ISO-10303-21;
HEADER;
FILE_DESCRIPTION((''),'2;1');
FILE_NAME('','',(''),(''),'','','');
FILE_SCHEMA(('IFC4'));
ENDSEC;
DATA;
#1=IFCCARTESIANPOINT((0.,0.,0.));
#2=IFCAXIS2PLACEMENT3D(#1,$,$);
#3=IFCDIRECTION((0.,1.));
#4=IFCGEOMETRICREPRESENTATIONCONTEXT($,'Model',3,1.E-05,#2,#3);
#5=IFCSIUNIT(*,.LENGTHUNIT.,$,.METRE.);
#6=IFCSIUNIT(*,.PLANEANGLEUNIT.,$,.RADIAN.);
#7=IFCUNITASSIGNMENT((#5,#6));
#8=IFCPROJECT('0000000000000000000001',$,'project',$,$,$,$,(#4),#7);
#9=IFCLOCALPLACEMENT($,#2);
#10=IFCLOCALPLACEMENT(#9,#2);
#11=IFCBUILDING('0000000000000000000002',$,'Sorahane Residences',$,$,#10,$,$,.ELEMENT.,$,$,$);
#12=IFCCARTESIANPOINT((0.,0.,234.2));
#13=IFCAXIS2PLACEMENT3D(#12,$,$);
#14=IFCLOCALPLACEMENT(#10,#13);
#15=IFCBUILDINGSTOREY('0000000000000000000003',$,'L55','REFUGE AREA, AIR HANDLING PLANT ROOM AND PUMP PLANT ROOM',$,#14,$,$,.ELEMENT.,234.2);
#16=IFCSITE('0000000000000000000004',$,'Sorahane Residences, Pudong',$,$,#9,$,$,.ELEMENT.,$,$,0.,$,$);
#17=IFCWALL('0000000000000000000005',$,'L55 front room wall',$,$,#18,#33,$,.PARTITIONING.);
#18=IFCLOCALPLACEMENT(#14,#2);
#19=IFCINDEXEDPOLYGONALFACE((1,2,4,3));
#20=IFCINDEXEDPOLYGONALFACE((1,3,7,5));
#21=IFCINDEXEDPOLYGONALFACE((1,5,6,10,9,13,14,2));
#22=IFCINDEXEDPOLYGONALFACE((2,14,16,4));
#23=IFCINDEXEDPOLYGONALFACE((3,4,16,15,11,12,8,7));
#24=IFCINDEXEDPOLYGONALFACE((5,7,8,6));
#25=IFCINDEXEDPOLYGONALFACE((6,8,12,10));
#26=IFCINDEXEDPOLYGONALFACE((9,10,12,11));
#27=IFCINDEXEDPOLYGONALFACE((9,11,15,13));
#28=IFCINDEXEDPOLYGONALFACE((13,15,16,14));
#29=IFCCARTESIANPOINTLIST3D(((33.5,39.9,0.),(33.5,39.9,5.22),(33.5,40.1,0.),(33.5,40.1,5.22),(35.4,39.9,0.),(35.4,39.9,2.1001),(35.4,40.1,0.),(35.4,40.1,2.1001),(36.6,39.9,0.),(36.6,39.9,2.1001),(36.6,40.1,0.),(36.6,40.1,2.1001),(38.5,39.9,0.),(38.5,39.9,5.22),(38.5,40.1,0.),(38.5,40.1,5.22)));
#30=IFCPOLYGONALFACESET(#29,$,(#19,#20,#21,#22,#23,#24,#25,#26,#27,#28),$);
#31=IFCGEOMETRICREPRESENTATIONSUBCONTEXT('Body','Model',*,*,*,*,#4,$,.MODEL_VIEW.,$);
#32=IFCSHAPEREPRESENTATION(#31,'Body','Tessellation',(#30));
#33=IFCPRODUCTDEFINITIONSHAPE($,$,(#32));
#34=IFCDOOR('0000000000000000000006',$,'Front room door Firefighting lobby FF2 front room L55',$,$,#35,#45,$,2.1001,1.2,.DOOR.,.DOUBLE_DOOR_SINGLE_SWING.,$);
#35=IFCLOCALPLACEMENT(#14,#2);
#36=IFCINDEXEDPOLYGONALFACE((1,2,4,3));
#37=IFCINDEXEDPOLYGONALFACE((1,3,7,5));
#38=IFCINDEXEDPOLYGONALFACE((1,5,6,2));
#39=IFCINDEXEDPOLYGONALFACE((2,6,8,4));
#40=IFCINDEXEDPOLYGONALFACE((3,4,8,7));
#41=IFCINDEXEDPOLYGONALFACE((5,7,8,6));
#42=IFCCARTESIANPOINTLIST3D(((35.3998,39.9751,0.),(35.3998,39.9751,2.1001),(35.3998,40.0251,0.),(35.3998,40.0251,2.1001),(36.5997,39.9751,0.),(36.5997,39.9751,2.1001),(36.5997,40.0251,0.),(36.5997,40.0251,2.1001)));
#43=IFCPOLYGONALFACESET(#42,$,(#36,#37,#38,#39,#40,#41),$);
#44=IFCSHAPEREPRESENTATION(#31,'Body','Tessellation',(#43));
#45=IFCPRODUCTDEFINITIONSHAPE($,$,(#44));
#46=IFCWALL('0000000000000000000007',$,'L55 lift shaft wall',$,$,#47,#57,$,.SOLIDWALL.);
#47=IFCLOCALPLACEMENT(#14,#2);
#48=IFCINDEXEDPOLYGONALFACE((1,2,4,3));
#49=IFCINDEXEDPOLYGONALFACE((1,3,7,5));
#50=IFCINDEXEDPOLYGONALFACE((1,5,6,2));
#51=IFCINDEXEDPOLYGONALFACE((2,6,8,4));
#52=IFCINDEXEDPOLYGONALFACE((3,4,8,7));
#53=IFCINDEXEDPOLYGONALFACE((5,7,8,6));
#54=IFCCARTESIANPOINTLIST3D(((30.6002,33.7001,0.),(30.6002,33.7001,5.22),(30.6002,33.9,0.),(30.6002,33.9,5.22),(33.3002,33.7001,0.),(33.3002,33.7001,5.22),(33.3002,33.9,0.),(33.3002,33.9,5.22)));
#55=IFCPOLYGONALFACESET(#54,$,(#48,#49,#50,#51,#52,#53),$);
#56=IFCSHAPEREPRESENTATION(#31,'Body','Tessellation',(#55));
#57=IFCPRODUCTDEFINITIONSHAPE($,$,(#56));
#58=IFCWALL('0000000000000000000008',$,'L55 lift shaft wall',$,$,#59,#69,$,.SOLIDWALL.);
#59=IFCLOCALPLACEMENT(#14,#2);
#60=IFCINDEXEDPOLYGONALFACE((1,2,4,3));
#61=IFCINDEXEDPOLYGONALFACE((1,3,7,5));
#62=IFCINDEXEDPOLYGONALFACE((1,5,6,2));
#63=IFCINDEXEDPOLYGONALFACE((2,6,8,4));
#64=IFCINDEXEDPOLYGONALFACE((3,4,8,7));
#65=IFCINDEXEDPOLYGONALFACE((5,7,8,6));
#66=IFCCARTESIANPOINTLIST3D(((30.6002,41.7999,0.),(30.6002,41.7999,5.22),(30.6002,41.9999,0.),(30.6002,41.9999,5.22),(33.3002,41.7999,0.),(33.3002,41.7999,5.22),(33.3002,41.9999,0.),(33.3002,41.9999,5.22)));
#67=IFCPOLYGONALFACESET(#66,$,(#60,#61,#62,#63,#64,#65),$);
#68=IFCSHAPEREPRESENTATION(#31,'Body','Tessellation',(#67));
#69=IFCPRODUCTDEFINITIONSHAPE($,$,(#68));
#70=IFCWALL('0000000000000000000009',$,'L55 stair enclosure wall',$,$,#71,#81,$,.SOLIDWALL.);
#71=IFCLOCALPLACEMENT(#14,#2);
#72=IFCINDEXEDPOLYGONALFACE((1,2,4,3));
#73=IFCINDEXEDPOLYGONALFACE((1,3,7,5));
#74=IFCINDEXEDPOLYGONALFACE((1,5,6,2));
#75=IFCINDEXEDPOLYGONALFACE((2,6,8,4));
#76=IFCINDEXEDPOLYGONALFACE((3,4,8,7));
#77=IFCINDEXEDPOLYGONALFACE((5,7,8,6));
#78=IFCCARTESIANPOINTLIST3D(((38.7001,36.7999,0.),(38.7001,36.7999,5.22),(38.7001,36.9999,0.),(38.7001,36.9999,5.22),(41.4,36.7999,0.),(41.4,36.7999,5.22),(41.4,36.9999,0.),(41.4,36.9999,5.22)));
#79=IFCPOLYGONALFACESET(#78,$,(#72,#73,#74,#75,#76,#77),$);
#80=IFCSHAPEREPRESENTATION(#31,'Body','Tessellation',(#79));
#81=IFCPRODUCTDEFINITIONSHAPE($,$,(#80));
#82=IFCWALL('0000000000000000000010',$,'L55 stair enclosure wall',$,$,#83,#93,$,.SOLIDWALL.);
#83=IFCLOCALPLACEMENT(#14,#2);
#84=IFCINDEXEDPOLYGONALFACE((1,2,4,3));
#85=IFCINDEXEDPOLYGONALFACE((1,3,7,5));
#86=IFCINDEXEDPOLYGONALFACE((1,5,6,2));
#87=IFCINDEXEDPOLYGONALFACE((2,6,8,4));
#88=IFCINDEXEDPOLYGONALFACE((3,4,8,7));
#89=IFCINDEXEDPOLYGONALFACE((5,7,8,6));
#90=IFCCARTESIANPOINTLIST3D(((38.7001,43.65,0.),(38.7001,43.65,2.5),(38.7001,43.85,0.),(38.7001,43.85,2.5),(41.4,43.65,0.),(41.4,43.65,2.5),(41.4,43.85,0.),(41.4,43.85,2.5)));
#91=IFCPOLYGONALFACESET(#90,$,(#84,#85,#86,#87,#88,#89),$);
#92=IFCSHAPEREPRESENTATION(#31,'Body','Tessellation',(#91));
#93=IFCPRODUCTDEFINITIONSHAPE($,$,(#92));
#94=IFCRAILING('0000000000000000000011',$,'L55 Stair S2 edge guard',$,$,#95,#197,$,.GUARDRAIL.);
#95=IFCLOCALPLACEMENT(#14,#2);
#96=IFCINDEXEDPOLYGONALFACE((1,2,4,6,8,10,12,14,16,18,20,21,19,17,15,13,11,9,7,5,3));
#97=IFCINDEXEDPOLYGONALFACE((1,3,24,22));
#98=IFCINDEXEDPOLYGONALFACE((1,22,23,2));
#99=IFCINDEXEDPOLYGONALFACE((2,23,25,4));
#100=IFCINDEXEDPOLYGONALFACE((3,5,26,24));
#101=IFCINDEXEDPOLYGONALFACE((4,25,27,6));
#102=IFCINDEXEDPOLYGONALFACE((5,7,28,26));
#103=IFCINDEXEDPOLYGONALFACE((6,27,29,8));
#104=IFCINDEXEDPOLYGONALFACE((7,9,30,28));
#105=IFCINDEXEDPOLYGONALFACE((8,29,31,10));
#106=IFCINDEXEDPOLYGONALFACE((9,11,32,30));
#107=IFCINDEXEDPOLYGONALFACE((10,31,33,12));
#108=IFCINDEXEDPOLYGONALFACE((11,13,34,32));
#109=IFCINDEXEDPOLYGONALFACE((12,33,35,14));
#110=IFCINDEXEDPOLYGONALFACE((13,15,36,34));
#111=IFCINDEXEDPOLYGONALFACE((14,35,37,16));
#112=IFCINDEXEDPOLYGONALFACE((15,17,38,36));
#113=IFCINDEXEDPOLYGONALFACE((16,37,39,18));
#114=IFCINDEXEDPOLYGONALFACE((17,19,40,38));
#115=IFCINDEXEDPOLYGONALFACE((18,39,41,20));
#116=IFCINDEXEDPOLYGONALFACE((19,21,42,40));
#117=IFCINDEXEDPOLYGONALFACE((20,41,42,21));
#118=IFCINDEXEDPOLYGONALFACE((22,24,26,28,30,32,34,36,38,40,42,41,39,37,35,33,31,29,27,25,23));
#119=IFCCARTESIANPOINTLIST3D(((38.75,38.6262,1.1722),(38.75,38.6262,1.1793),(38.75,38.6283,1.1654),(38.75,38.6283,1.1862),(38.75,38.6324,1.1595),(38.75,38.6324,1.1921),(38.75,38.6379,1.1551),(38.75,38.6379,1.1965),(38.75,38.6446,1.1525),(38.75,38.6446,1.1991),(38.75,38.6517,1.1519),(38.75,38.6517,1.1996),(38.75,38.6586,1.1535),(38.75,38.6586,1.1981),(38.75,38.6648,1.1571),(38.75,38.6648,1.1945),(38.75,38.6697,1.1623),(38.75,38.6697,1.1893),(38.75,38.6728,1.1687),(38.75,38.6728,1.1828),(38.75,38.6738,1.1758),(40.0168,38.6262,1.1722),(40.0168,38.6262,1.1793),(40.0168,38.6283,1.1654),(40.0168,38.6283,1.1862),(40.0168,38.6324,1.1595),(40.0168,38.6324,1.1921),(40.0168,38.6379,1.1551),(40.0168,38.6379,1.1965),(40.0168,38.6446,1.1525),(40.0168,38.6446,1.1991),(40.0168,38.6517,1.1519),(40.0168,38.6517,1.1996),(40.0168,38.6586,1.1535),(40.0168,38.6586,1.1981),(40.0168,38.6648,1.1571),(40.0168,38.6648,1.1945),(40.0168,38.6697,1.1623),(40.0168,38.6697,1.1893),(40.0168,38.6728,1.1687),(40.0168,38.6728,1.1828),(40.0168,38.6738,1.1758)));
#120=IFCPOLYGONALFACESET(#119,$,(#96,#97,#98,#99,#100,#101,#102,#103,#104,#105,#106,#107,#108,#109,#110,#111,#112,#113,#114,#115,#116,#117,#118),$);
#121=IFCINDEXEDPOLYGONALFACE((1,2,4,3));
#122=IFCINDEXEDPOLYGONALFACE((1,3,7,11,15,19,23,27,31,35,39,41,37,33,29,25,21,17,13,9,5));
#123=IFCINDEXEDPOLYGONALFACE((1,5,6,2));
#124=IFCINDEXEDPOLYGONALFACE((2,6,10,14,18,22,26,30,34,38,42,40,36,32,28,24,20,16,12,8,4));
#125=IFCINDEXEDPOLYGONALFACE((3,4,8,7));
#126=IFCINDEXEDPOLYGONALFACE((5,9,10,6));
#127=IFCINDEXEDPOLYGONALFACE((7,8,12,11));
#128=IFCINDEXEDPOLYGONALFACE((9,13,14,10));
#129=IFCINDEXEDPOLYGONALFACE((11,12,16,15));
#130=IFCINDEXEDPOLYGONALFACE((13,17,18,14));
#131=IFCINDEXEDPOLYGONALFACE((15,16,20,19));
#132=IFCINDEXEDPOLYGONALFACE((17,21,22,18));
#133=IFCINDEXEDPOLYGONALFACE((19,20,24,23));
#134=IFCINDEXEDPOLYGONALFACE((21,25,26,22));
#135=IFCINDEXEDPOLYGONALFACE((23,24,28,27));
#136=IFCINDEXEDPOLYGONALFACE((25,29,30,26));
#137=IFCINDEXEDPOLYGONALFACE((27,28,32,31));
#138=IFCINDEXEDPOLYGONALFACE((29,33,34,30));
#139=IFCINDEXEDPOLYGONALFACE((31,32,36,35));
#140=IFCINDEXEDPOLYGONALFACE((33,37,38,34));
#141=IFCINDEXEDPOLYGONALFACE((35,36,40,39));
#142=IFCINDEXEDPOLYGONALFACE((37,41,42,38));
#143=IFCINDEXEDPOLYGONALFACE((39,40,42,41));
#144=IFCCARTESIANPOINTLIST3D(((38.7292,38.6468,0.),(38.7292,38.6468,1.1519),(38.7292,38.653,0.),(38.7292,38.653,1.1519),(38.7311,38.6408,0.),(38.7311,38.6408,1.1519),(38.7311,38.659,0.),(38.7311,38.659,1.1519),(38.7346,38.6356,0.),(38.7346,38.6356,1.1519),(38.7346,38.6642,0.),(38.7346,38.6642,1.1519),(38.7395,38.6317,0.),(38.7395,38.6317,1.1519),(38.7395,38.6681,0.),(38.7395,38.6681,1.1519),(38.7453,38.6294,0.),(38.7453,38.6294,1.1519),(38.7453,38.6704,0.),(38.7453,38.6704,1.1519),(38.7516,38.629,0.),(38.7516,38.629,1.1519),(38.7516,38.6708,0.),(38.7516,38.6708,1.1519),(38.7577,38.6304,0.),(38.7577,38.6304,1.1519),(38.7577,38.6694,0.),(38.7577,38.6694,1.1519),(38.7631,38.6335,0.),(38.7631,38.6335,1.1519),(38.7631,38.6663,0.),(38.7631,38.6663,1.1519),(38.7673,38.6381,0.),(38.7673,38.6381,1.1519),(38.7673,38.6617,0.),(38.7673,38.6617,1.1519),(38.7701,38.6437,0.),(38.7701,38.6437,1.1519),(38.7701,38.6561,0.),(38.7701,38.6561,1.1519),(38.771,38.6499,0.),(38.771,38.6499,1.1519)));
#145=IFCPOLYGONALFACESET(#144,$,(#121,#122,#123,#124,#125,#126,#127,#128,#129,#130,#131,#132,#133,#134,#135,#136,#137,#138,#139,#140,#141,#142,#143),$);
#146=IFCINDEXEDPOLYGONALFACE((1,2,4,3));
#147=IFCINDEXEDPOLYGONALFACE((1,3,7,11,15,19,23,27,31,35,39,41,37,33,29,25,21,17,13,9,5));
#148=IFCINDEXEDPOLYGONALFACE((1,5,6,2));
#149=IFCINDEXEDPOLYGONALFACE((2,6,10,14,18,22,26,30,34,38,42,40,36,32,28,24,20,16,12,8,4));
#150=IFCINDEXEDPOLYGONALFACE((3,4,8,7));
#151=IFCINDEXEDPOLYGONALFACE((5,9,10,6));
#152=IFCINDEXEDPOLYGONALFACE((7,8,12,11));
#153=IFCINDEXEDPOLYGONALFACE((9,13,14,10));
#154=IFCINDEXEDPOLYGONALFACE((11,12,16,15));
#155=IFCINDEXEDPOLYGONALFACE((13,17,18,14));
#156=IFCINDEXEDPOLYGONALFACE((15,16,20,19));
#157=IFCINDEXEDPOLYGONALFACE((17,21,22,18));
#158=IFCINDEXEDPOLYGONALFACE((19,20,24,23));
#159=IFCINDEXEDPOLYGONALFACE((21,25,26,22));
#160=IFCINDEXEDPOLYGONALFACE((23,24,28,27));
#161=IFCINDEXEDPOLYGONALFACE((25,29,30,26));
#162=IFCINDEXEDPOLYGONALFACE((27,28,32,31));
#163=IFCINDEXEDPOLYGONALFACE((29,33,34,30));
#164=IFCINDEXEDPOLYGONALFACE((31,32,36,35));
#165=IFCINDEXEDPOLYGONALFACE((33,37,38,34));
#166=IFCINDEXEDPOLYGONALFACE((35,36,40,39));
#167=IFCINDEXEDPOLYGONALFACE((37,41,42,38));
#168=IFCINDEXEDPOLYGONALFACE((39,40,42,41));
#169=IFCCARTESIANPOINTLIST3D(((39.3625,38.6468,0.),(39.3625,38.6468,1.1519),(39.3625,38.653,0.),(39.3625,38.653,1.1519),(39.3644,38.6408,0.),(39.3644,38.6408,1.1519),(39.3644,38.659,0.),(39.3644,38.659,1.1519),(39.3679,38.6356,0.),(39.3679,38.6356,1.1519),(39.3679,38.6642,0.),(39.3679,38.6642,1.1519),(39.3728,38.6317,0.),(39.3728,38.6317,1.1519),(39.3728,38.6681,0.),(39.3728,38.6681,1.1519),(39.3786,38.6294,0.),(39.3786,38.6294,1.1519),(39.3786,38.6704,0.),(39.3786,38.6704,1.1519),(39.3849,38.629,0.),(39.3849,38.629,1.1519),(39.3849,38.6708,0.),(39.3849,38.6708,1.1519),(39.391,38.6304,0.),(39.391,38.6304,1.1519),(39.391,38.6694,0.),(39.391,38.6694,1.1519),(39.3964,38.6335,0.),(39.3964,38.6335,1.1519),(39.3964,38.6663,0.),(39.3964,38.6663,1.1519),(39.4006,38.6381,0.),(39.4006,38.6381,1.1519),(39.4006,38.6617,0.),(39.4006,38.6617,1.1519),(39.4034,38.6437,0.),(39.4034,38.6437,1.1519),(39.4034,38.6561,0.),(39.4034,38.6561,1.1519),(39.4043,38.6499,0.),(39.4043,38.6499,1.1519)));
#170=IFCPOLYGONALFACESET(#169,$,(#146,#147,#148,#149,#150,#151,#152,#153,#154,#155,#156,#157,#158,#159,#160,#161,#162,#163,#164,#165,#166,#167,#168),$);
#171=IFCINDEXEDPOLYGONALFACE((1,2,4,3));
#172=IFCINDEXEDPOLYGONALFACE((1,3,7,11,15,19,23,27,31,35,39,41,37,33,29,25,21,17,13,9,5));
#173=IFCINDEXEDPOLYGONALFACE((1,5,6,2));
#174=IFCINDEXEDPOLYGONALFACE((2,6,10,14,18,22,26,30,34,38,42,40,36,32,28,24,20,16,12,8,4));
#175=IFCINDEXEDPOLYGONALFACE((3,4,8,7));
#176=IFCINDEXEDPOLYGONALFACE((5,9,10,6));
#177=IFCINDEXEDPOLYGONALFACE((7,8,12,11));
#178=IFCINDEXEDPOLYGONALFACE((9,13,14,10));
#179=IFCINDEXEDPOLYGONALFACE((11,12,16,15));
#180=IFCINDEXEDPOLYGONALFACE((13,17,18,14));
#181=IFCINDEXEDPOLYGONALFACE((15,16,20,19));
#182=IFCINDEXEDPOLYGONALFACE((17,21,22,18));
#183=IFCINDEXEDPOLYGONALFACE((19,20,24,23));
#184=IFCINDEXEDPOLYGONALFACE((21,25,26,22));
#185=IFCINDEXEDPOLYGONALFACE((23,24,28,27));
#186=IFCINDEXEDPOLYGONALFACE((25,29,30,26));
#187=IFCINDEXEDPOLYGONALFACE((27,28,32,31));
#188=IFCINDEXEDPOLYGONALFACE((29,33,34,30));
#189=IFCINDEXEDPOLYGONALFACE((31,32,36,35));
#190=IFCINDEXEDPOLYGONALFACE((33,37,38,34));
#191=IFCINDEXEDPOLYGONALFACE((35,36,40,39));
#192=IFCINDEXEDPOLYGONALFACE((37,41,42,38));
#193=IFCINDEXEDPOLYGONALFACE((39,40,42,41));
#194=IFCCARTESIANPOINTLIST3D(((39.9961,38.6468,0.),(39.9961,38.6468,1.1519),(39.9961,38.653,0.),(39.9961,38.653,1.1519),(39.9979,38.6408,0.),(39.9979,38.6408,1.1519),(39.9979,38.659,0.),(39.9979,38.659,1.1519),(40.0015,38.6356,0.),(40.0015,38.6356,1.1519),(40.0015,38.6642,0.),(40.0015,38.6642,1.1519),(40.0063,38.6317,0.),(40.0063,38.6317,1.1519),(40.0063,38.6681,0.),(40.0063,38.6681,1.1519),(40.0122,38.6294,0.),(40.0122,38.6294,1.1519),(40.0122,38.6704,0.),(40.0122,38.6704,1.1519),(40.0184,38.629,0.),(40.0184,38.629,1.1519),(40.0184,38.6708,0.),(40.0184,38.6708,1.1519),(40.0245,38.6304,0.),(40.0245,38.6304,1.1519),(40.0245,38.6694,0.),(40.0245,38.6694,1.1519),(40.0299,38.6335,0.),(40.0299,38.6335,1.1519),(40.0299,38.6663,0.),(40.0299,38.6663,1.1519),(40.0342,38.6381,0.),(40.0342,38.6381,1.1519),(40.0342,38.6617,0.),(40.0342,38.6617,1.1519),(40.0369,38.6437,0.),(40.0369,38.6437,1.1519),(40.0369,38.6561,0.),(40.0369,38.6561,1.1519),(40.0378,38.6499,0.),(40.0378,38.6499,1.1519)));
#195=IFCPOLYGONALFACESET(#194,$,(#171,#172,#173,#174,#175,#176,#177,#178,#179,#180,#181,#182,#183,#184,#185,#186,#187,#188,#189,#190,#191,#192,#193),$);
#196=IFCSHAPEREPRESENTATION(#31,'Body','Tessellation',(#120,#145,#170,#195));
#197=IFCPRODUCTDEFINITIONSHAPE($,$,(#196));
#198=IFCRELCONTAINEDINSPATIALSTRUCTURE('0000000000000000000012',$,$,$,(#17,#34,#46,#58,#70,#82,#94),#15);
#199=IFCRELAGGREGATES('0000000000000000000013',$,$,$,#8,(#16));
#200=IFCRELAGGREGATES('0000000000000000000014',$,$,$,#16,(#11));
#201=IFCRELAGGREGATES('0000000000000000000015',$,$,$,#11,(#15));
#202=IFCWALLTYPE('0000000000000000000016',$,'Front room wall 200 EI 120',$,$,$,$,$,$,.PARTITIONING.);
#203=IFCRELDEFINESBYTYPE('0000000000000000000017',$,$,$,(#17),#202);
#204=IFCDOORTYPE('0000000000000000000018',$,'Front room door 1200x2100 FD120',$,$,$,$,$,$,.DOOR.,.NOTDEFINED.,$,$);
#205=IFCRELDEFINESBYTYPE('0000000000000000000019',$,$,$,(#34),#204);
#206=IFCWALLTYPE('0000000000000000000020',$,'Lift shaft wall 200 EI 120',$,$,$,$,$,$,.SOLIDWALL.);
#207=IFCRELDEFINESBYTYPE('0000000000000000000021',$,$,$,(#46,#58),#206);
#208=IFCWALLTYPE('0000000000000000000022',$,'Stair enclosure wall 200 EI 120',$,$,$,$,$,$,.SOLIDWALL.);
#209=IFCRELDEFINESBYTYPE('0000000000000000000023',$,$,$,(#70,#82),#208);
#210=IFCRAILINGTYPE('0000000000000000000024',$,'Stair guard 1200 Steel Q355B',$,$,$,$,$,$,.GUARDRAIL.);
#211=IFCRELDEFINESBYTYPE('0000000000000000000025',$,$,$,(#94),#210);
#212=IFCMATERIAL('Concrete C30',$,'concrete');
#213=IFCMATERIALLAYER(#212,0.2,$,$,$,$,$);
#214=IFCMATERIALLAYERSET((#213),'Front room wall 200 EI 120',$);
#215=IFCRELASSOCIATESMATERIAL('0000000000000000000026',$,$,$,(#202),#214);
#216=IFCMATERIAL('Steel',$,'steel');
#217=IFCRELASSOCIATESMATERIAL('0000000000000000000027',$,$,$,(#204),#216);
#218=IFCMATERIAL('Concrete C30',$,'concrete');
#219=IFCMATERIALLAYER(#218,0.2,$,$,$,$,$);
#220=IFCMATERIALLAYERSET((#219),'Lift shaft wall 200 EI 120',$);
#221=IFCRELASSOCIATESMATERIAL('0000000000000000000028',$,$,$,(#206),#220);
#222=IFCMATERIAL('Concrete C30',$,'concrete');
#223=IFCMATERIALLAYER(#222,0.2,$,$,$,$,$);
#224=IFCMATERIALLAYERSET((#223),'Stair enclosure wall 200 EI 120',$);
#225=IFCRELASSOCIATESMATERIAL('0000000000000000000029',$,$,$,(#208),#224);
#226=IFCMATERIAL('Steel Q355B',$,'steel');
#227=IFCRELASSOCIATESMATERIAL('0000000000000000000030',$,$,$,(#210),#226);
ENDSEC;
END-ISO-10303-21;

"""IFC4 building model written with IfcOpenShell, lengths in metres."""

from ifc_helpers import new_model, si_unit, direction, frame, frame_2d, origin, origin_2d, place, context, subcontext, project, spatial, rectangle, circle, extrude, material, layer, layer_set, type_object, element, fill, save


model = new_model("IFC4")

# Units and contexts
model_context = context("Model", 3, precision=1e-05, world=origin(), true_north=direction((0.0, 1.0)))
body_context = subcontext(model_context, "Body", "Model", "MODEL_VIEW")
ifc_project = project(units=[si_unit("LENGTHUNIT", "METRE"), si_unit("PLANEANGLEUNIT", "RADIAN")], contexts=[model_context])

# Site, building, storey
site_placement = place(None, origin())
site = spatial("IfcSite", under=ifc_project, at=site_placement, Name="Sorahane Residences, Pudong", CompositionType="ELEMENT", RefElevation=0.0)
building_placement = place(site_placement, origin())
building = spatial("IfcBuilding", under=site, at=building_placement, Name="Sorahane Residences", CompositionType="ELEMENT")
storey_placement = place(building_placement, frame((0.0, 0.0, 234.2)))
storey = spatial("IfcBuildingStorey", under=building, at=storey_placement, Name="L55", Description="REFUGE AREA, AIR HANDLING PLANT ROOM AND PUMP PLANT ROOM", CompositionType="ELEMENT", Elevation=234.2)

# Wall, opening, door
ifc_material_1 = material(Name="Concrete C30", Category="concrete")
ifc_layer_1 = layer(ifc_material_1, 0.2)
ifc_layer_set_1 = layer_set([ifc_layer_1], Name="Front room wall 200 EI 120")
wall_type_1 = type_object("IfcWallType", Name="Front room wall 200 EI 120", PredefinedType="PARTITIONING", material=ifc_layer_set_1)
wall_1_placement = place(storey_placement, frame((33.5, 40.0, 0.0), z_axis=(0.0, 0.0, 1.0), x_axis=(1.0, 0.0, 0.0)))
wall_1 = element("IfcWall", 1, at=wall_1_placement, inside=storey, type_object=wall_type_1, Name="L55 front room wall", PredefinedType="PARTITIONING", context=body_context, shape_type="SweptSolid", body=[
    extrude(rectangle(XDim=5.0, YDim=0.2, at=frame_2d((2.5, 0.0))), origin(), (0.0, 0.0, 1.0), 5.22),
])
opening_placement = place(wall_1_placement, frame((1.8999, 0.0, 0.0)))
opening = element("IfcOpeningElement", 2, at=opening_placement, cuts=wall_1, PredefinedType="OPENING", context=body_context, shape_type="SweptSolid", body=[
    extrude(rectangle(XDim=1.2, YDim=2.1001, at=frame_2d((0.6001, 1.05))), frame((0.0, 0.1099, 0.0), z_axis=(0.0, -1.0, 0.0), x_axis=(1.0, 0.0, 0.0)), (0.0, 0.0, 1.0), 0.22),
])
ifc_material_2 = material(Name="Steel", Category="steel")
door_type = type_object("IfcDoorType", Name="Front room door 1200x2100 FD120", OperationType="NOTDEFINED", PredefinedType="DOOR", material=ifc_material_2)
door_placement = place(opening_placement, frame((1.2, 0.0, 0.0), z_axis=(0.0, 0.0, 1.0), x_axis=(-1.0, 0.0, 0.0)))
door = element("IfcDoor", 3, at=door_placement, inside=storey, type_object=door_type, Name="Front room door Firefighting lobby FF2 front room L55", OperationType="DOUBLE_DOOR_SINGLE_SWING", OverallHeight=2.1001, OverallWidth=1.2, PredefinedType="DOOR", context=body_context, shape_type="SweptSolid", body=[
    extrude(rectangle(XDim=1.2, YDim=2.1001, at=frame_2d((0.6001, 1.05))), frame((0.0, 0.0249, 0.0), z_axis=(0.0, -1.0, 0.0), x_axis=(1.0, 0.0, 0.0)), (0.0, 0.0, 1.0), 0.05),
])
fill(opening, door)

# Walls
ifc_material_3 = material(Name="Concrete C30", Category="concrete")
ifc_layer_2 = layer(ifc_material_3, 0.2)
ifc_layer_set_2 = layer_set([ifc_layer_2], Name="Lift shaft wall 200 EI 120")
wall_type_2 = type_object("IfcWallType", Name="Lift shaft wall 200 EI 120", PredefinedType="SOLIDWALL", material=ifc_layer_set_2)
for number, where, z_axis, x_axis, name in (
    (4, (30.6001, 33.8, 0.0), (0.0, 0.0, 1.0), (1.0, 0.0, 0.0), "L55 lift shaft wall"),
    (5, (30.6001, 41.8999, 0.0), (0.0, 0.0, 1.0), (1.0, 0.0, 0.0), "L55 lift shaft wall"),
):
    element("IfcWall", number, at=place(storey_placement, frame(where, z_axis=z_axis, x_axis=x_axis)), inside=storey, type_object=wall_type_2, Name=name, PredefinedType="SOLIDWALL", context=body_context, shape_type="SweptSolid", body=[
        extrude(rectangle(XDim=2.7, YDim=0.2, at=frame_2d((1.3501, 0.0))), origin(), (0.0, 0.0, 1.0), 5.22),
    ])
ifc_material_4 = material(Name="Concrete C30", Category="concrete")
ifc_layer_3 = layer(ifc_material_4, 0.2)
ifc_layer_set_3 = layer_set([ifc_layer_3], Name="Stair enclosure wall 200 EI 120")
wall_type_3 = type_object("IfcWallType", Name="Stair enclosure wall 200 EI 120", PredefinedType="SOLIDWALL", material=ifc_layer_set_3)
wall_2_placement = place(storey_placement, frame((38.7, 36.8999, 0.0), z_axis=(0.0, 0.0, 1.0), x_axis=(1.0, 0.0, 0.0)))
element("IfcWall", 6, at=wall_2_placement, inside=storey, type_object=wall_type_3, Name="L55 stair enclosure wall", PredefinedType="SOLIDWALL", context=body_context, shape_type="SweptSolid", body=[
    extrude(rectangle(XDim=2.7, YDim=0.2, at=frame_2d((1.3501, 0.0))), origin(), (0.0, 0.0, 1.0), 5.22),
])
wall_3_placement = place(storey_placement, frame((38.7, 43.75, 0.0), z_axis=(0.0, 0.0, 1.0), x_axis=(1.0, 0.0, 0.0)))
element("IfcWall", 7, at=wall_3_placement, inside=storey, type_object=wall_type_3, Name="L55 stair enclosure wall", PredefinedType="SOLIDWALL", context=body_context, shape_type="SweptSolid", body=[
    extrude(rectangle(XDim=2.7, YDim=0.2, at=frame_2d((1.3501, 0.0))), origin(), (0.0, 0.0, 1.0), 2.5),
])

# Railing
ifc_material_5 = material(Name="Steel Q355B", Category="steel")
railing_type = type_object("IfcRailingType", Name="Stair guard 1200 Steel Q355B", PredefinedType="GUARDRAIL", material=ifc_material_5)
railing_1_placement = place(storey_placement, frame((38.75, 38.6499, 0.0)))
element("IfcRailing", 8, at=railing_1_placement, inside=storey, type_object=railing_type, Name="L55 Stair S2 edge guard", PredefinedType="GUARDRAIL", context=body_context, shape_type="SweptSolid", body=[
    extrude(circle(Radius=0.0239, at=origin_2d()), frame((0.0, 0.0, 1.1758), z_axis=(1.0, 0.0, 0.0), x_axis=(0.0, 1.0, 0.0)), (0.0, 0.0, 1.0), 1.2668),
    extrude(circle(Radius=0.021, at=origin_2d()), origin(), (0.0, 0.0, 1.0), 1.1519),
    extrude(circle(Radius=0.021, at=origin_2d()), frame((0.6333, 0.0, 0.0)), (0.0, 0.0, 1.0), 1.1519),
    extrude(circle(Radius=0.021, at=origin_2d()), frame((1.2668, 0.0, 0.0)), (0.0, 0.0, 1.0), 1.1519),
])

save(model, "model.ifc")
